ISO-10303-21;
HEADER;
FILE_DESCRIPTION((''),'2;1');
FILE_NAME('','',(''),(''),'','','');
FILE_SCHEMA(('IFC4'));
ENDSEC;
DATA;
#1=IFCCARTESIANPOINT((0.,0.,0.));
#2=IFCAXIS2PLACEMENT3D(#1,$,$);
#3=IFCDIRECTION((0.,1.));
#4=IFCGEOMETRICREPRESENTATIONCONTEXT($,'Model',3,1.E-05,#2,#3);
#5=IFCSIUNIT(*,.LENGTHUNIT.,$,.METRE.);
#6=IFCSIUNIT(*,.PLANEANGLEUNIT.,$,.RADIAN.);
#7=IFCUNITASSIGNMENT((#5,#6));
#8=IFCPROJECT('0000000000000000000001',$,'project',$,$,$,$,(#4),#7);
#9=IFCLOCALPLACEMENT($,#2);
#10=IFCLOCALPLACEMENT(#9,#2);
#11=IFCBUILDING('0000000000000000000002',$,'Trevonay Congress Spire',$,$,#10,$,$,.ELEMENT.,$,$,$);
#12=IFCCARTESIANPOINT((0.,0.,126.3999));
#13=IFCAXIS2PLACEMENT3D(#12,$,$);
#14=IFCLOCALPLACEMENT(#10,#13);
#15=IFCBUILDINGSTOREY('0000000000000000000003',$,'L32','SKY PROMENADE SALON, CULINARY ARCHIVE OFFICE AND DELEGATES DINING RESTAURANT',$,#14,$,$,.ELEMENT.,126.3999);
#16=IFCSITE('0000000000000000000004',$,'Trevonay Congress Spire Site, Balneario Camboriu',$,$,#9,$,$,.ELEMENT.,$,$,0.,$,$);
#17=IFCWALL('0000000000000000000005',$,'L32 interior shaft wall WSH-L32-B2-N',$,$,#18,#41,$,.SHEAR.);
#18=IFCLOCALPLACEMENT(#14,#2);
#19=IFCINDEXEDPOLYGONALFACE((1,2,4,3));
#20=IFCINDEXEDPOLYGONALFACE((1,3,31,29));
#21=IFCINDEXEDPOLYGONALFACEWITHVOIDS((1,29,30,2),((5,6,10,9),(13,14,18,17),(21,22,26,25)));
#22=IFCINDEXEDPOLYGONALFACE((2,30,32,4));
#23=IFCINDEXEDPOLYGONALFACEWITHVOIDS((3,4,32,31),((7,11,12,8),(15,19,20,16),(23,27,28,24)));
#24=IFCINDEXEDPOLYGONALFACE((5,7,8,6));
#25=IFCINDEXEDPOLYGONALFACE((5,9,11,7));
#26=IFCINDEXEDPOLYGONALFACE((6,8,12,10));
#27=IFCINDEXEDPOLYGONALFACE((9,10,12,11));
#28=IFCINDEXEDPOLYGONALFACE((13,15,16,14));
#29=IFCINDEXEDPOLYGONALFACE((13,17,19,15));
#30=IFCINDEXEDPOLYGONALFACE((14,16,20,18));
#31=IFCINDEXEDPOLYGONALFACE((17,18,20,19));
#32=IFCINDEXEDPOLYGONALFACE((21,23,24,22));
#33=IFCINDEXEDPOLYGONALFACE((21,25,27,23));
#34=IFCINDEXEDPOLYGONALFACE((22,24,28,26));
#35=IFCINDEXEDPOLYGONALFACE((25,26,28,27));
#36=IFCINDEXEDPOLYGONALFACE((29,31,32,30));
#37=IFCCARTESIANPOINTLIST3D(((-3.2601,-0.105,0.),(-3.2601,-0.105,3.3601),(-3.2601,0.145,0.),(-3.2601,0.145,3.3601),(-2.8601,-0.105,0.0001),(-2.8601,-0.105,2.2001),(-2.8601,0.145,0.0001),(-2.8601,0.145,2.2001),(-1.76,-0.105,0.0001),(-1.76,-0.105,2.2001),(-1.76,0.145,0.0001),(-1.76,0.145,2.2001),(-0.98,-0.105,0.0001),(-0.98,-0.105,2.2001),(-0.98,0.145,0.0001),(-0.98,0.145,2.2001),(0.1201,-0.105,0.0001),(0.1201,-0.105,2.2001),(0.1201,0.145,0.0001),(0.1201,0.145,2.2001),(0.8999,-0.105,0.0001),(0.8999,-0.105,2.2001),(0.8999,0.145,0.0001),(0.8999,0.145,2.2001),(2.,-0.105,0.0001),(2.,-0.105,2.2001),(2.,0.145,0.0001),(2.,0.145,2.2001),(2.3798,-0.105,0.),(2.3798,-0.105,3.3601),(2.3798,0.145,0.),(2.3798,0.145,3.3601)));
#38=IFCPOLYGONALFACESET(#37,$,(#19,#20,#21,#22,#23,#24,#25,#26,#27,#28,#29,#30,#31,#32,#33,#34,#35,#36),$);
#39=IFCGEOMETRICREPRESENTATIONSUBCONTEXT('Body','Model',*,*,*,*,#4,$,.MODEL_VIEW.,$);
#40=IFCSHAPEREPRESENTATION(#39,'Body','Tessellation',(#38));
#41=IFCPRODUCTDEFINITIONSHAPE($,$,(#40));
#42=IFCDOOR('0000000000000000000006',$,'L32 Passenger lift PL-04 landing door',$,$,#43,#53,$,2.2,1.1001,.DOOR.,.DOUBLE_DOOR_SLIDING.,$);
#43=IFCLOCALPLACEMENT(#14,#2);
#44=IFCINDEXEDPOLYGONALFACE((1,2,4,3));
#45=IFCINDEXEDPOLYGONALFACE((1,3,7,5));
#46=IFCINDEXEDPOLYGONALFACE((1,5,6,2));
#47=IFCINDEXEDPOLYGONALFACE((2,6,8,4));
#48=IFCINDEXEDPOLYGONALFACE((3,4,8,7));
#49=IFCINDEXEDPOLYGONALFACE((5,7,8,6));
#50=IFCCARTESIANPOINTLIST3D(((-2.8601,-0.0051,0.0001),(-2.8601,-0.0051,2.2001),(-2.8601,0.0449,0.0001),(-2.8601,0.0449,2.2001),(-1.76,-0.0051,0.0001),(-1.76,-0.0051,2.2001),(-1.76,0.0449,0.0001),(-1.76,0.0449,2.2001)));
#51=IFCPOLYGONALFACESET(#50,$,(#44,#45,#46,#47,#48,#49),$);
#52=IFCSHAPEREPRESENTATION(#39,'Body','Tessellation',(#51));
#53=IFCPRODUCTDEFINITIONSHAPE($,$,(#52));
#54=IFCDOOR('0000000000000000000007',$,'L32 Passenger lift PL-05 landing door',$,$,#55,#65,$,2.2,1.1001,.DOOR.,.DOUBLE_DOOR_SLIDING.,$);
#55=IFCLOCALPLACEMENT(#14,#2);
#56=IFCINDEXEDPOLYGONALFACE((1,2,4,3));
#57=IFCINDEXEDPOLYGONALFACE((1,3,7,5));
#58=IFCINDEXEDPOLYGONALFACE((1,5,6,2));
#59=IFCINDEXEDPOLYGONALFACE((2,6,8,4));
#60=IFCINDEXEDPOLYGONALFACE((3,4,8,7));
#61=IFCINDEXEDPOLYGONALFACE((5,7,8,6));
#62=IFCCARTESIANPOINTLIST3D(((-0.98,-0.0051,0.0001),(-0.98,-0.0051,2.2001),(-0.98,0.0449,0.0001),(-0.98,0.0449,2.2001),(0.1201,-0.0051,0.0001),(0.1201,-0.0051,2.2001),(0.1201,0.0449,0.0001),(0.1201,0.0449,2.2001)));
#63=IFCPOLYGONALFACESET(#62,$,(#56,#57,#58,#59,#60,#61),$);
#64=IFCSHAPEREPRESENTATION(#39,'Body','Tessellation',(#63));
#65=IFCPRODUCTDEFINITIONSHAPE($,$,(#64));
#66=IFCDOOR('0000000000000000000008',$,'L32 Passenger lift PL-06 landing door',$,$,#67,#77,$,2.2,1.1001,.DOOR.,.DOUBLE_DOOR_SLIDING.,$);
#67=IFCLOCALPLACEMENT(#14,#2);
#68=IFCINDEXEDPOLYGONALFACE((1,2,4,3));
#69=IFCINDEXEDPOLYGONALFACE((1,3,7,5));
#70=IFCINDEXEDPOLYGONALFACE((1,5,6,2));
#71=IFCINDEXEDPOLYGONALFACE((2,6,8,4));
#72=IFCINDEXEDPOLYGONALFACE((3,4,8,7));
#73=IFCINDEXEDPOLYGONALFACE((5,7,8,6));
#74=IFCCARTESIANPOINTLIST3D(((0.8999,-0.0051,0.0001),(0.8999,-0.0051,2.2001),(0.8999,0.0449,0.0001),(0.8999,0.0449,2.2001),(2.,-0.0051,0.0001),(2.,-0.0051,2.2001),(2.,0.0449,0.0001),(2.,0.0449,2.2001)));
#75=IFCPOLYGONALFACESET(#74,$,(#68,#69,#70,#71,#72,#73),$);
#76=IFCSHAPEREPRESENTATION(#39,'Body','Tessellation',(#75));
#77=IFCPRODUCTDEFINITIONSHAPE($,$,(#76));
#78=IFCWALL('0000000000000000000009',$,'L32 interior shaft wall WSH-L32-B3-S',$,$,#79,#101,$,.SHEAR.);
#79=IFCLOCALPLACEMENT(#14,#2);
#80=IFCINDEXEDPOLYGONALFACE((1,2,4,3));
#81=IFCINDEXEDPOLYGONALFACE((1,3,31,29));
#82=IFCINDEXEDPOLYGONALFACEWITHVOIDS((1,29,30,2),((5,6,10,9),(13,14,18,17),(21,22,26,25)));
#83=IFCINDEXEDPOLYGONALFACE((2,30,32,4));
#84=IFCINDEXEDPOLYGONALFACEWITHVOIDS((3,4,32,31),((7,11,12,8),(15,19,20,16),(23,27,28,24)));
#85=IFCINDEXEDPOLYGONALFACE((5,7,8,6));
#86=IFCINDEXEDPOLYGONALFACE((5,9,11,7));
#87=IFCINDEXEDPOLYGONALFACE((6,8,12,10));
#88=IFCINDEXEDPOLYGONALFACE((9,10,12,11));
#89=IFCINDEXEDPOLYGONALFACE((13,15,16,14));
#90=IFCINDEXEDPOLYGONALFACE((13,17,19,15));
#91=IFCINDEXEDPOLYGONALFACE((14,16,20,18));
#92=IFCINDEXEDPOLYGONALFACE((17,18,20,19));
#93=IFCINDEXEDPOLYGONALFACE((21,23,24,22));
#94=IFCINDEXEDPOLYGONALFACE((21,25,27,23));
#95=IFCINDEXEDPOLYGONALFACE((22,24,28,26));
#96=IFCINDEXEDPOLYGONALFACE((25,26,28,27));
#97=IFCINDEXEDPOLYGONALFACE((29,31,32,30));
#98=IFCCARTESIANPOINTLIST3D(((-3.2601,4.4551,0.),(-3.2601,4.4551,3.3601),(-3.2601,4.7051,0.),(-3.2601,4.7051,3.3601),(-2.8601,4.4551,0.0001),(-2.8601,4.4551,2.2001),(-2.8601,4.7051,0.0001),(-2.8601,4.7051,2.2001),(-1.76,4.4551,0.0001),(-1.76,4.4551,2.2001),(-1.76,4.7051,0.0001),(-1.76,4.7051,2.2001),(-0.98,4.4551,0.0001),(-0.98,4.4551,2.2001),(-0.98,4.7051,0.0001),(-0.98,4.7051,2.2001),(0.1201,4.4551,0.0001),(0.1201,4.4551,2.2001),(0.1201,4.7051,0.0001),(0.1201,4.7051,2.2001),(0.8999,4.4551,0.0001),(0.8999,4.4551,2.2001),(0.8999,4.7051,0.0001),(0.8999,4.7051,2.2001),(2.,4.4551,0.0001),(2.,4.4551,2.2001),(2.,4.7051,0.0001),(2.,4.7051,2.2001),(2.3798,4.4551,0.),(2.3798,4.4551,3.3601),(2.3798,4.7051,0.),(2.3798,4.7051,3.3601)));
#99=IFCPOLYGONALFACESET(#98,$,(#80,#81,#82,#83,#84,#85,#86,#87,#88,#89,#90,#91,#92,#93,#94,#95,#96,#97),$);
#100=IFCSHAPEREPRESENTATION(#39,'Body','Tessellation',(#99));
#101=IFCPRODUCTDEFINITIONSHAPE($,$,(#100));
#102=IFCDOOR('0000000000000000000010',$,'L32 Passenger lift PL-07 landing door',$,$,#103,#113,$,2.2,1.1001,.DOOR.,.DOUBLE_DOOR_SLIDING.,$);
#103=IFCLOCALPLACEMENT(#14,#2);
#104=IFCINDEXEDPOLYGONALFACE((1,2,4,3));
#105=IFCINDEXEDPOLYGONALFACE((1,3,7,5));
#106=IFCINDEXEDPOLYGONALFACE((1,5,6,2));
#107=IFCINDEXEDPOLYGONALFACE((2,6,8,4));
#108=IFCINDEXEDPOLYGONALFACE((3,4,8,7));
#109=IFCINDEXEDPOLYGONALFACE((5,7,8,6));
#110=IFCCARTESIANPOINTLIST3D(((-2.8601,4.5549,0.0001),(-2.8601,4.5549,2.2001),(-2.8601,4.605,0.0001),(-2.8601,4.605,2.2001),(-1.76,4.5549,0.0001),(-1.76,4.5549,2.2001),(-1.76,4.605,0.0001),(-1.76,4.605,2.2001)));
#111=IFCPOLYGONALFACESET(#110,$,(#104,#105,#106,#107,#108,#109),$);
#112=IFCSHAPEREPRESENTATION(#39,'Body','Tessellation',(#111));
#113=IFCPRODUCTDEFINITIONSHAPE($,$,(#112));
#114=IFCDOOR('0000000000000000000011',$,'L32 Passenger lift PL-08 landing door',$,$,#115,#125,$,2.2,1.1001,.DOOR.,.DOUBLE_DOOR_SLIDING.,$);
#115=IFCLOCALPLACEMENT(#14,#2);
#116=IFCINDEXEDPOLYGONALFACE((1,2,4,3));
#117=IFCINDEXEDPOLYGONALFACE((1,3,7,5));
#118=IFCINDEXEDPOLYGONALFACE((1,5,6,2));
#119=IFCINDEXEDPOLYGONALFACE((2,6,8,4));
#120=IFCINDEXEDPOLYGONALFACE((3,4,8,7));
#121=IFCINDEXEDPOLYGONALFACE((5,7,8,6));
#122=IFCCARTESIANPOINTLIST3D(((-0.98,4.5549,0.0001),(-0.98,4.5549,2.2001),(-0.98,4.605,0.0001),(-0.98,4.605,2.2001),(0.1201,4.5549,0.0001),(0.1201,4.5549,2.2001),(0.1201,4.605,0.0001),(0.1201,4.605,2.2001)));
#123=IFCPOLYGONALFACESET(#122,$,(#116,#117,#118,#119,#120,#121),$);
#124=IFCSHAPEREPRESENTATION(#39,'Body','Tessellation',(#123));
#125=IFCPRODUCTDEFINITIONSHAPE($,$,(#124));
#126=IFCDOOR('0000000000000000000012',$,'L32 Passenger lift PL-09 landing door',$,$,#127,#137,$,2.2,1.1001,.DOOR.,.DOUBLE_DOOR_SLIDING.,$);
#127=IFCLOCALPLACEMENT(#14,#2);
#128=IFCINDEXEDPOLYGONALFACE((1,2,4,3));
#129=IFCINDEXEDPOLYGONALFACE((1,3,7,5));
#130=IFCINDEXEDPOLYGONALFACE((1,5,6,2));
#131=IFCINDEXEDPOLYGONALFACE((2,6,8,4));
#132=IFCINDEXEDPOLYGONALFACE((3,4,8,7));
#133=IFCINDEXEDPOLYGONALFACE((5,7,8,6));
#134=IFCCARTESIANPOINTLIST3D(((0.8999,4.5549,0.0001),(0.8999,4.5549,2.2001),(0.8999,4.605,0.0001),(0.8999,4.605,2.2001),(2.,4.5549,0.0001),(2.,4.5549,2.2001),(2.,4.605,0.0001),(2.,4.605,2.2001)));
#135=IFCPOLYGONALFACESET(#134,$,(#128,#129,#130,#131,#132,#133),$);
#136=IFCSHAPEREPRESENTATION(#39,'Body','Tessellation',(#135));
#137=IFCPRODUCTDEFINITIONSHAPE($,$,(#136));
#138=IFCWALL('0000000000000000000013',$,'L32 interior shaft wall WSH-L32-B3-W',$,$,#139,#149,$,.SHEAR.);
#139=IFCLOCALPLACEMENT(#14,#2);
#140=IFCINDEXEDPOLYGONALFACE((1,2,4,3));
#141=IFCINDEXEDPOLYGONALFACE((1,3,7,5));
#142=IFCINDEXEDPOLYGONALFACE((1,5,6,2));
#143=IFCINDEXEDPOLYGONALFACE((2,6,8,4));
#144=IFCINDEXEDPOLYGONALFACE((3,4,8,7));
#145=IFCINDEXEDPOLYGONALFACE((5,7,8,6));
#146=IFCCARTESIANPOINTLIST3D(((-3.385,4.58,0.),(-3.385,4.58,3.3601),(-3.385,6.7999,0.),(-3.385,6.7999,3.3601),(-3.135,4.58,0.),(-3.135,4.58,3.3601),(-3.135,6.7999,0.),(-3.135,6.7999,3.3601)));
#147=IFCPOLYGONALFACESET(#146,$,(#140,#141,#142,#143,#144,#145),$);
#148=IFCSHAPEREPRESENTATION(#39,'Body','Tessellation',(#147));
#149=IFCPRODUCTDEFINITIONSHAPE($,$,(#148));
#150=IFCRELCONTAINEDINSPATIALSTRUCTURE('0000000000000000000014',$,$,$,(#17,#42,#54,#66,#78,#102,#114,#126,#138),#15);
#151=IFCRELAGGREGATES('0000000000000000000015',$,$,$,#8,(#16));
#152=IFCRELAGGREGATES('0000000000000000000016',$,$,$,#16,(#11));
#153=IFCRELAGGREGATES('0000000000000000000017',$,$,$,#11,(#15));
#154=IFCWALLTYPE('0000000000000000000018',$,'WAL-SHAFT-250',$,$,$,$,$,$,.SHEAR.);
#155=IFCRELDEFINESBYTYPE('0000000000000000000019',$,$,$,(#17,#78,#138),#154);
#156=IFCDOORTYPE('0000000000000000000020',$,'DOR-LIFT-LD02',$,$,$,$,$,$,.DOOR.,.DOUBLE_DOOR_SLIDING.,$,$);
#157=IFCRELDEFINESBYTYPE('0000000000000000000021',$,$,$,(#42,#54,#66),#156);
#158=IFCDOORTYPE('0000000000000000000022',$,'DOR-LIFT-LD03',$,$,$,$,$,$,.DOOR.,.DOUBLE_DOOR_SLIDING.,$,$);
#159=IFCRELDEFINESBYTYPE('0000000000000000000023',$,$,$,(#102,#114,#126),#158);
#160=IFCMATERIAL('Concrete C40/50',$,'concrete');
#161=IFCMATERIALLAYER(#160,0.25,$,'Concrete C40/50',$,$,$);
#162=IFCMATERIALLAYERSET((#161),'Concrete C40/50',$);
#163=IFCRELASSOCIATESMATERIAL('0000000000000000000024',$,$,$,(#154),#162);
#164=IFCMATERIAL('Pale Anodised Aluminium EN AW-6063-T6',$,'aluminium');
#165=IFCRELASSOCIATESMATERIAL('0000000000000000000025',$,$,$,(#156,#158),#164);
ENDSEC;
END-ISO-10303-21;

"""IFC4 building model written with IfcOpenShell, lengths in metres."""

from ifc_helpers import new_model, si_unit, direction, frame, frame_2d, origin, place, context, subcontext, project, spatial, rectangle, extrude, material, layer, layer_set, type_object, element, fill, save


model = new_model("IFC4")

# Units and contexts
model_context = context("Model", 3, precision=1e-05, world=origin(), true_north=direction((0.0, 1.0)))
body_context = subcontext(model_context, "Body", "Model", "MODEL_VIEW")
ifc_project = project(units=[si_unit("LENGTHUNIT", "METRE"), si_unit("PLANEANGLEUNIT", "RADIAN")], contexts=[model_context])

# Site, building, storey
site_placement = place(None, origin())
site = spatial("IfcSite", under=ifc_project, at=site_placement, Name="Trevonay Congress Spire Site, Balneario Camboriu", CompositionType="ELEMENT", RefElevation=0.0)
building_placement = place(site_placement, origin())
building = spatial("IfcBuilding", under=site, at=building_placement, Name="Trevonay Congress Spire", CompositionType="ELEMENT")
storey_placement = place(building_placement, frame((0.0, 0.0, 126.3999)))
storey = spatial("IfcBuildingStorey", under=building, at=storey_placement, Name="L32", Description="SKY PROMENADE SALON, CULINARY ARCHIVE OFFICE AND DELEGATES DINING RESTAURANT", CompositionType="ELEMENT", Elevation=126.3999)

# Shared definitions
ifc_material_1 = material(Name="Concrete C40/50", Category="concrete")

# Walls, openings, doors
ifc_layer_1 = layer(ifc_material_1, 0.25, Name="Concrete C40/50")
ifc_layer_set_1 = layer_set([ifc_layer_1], Name="Concrete C40/50")
wall_type_1 = type_object("IfcWallType", Name="WAL-SHAFT-250", PredefinedType="SHEAR", material=ifc_layer_set_1)
wall_1_placement = place(storey_placement, frame((-3.26, 0.02, 0.0), z_axis=(0.0, 0.0, 1.0), x_axis=(1.0, 0.0, 0.0)))
wall_1 = element("IfcWall", 1, at=wall_1_placement, inside=storey, type_object=wall_type_1, Name="L32 interior shaft wall WSH-L32-B2-N", PredefinedType="SHEAR", context=body_context, shape_type="SweptSolid", body=[
    extrude(rectangle(XDim=5.6399, YDim=0.25, at=frame_2d((2.8198, 0.0))), origin(), (0.0, 0.0, 1.0), 3.3601),
])
opening_1_placement = place(wall_1_placement, frame((0.3999, 0.0, 0.0)))
opening_1 = element("IfcOpeningElement", 2, at=opening_1_placement, cuts=wall_1, PredefinedType="OPENING", context=body_context, shape_type="SweptSolid", body=[
    extrude(rectangle(XDim=1.1001, YDim=2.2, at=frame_2d((0.55, 1.1001))), frame((0.0, 0.135, 0.0), z_axis=(0.0, -1.0, 0.0), x_axis=(1.0, 0.0, 0.0)), (0.0, 0.0, 1.0), 0.27),
])
opening_2_placement = place(wall_1_placement, frame((2.28, 0.0, 0.0)))
opening_2 = element("IfcOpeningElement", 3, at=opening_2_placement, cuts=wall_1, PredefinedType="OPENING", context=body_context, shape_type="SweptSolid", body=[
    extrude(rectangle(XDim=1.1001, YDim=2.2, at=frame_2d((0.55, 1.1001))), frame((0.0, 0.135, 0.0), z_axis=(0.0, -1.0, 0.0), x_axis=(1.0, 0.0, 0.0)), (0.0, 0.0, 1.0), 0.27),
])
opening_3_placement = place(wall_1_placement, frame((4.1599, 0.0, 0.0)))
opening_3 = element("IfcOpeningElement", 4, at=opening_3_placement, cuts=wall_1, PredefinedType="OPENING", context=body_context, shape_type="SweptSolid", body=[
    extrude(rectangle(XDim=1.1001, YDim=2.2, at=frame_2d((0.55, 1.1001))), frame((0.0, 0.135, 0.0), z_axis=(0.0, -1.0, 0.0), x_axis=(1.0, 0.0, 0.0)), (0.0, 0.0, 1.0), 0.27),
])
ifc_material_2 = material(Name="Pale Anodised Aluminium EN AW-6063-T6", Category="aluminium")
door_type_1 = type_object("IfcDoorType", Name="DOR-LIFT-LD02", OperationType="DOUBLE_DOOR_SLIDING", PredefinedType="DOOR", material=ifc_material_2)
door_1_placement = place(opening_1_placement, origin())
door_1 = element("IfcDoor", 5, at=door_1_placement, inside=storey, type_object=door_type_1, Name="L32 Passenger lift PL-04 landing door", OperationType="DOUBLE_DOOR_SLIDING", OverallHeight=2.2, OverallWidth=1.1001, PredefinedType="DOOR", context=body_context, shape_type="SweptSolid", body=[
    extrude(rectangle(XDim=1.1001, YDim=2.2, at=frame_2d((0.55, 1.1001))), frame((0.0, 0.0249, 0.0), z_axis=(0.0, -1.0, 0.0), x_axis=(1.0, 0.0, 0.0)), (0.0, 0.0, 1.0), 0.05),
])
fill(opening_1, door_1)
door_2_placement = place(opening_2_placement, origin())
door_2 = element("IfcDoor", 6, at=door_2_placement, inside=storey, type_object=door_type_1, Name="L32 Passenger lift PL-05 landing door", OperationType="DOUBLE_DOOR_SLIDING", OverallHeight=2.2, OverallWidth=1.1001, PredefinedType="DOOR", context=body_context, shape_type="SweptSolid", body=[
    extrude(rectangle(XDim=1.1001, YDim=2.2, at=frame_2d((0.55, 1.1001))), frame((0.0, 0.0249, 0.0), z_axis=(0.0, -1.0, 0.0), x_axis=(1.0, 0.0, 0.0)), (0.0, 0.0, 1.0), 0.05),
])
fill(opening_2, door_2)
door_3_placement = place(opening_3_placement, origin())
door_3 = element("IfcDoor", 7, at=door_3_placement, inside=storey, type_object=door_type_1, Name="L32 Passenger lift PL-06 landing door", OperationType="DOUBLE_DOOR_SLIDING", OverallHeight=2.2, OverallWidth=1.1001, PredefinedType="DOOR", context=body_context, shape_type="SweptSolid", body=[
    extrude(rectangle(XDim=1.1001, YDim=2.2, at=frame_2d((0.55, 1.1001))), frame((0.0, 0.0249, 0.0), z_axis=(0.0, -1.0, 0.0), x_axis=(1.0, 0.0, 0.0)), (0.0, 0.0, 1.0), 0.05),
])
fill(opening_3, door_3)
wall_2_placement = place(storey_placement, frame((-3.26, 4.5801, 0.0), z_axis=(0.0, 0.0, 1.0), x_axis=(1.0, 0.0, 0.0)))
wall_2 = element("IfcWall", 8, at=wall_2_placement, inside=storey, type_object=wall_type_1, Name="L32 interior shaft wall WSH-L32-B3-S", PredefinedType="SHEAR", context=body_context, shape_type="SweptSolid", body=[
    extrude(rectangle(XDim=5.6399, YDim=0.25, at=frame_2d((2.8198, 0.0))), origin(), (0.0, 0.0, 1.0), 3.3601),
])
opening_4_placement = place(wall_2_placement, frame((0.3999, 0.0, 0.0)))
opening_4 = element("IfcOpeningElement", 9, at=opening_4_placement, cuts=wall_2, PredefinedType="OPENING", context=body_context, shape_type="SweptSolid", body=[
    extrude(rectangle(XDim=1.1001, YDim=2.2, at=frame_2d((0.55, 1.1001))), frame((0.0, 0.135, 0.0), z_axis=(0.0, -1.0, 0.0), x_axis=(1.0, 0.0, 0.0)), (0.0, 0.0, 1.0), 0.27),
])
opening_5_placement = place(wall_2_placement, frame((2.28, 0.0, 0.0)))
opening_5 = element("IfcOpeningElement", 10, at=opening_5_placement, cuts=wall_2, PredefinedType="OPENING", context=body_context, shape_type="SweptSolid", body=[
    extrude(rectangle(XDim=1.1001, YDim=2.2, at=frame_2d((0.55, 1.1001))), frame((0.0, 0.135, 0.0), z_axis=(0.0, -1.0, 0.0), x_axis=(1.0, 0.0, 0.0)), (0.0, 0.0, 1.0), 0.27),
])
opening_6_placement = place(wall_2_placement, frame((4.1599, 0.0, 0.0)))
opening_6 = element("IfcOpeningElement", 11, at=opening_6_placement, cuts=wall_2, PredefinedType="OPENING", context=body_context, shape_type="SweptSolid", body=[
    extrude(rectangle(XDim=1.1001, YDim=2.2, at=frame_2d((0.55, 1.1001))), frame((0.0, 0.135, 0.0), z_axis=(0.0, -1.0, 0.0), x_axis=(1.0, 0.0, 0.0)), (0.0, 0.0, 1.0), 0.27),
])
door_type_2 = type_object("IfcDoorType", Name="DOR-LIFT-LD03", OperationType="DOUBLE_DOOR_SLIDING", PredefinedType="DOOR", material=ifc_material_2)
door_4_placement = place(opening_4_placement, origin())
door_4 = element("IfcDoor", 12, at=door_4_placement, inside=storey, type_object=door_type_2, Name="L32 Passenger lift PL-07 landing door", OperationType="DOUBLE_DOOR_SLIDING", OverallHeight=2.2, OverallWidth=1.1001, PredefinedType="DOOR", context=body_context, shape_type="SweptSolid", body=[
    extrude(rectangle(XDim=1.1001, YDim=2.2, at=frame_2d((0.55, 1.1001))), frame((0.0, 0.0249, 0.0), z_axis=(0.0, -1.0, 0.0), x_axis=(1.0, 0.0, 0.0)), (0.0, 0.0, 1.0), 0.05),
])
fill(opening_4, door_4)
door_5_placement = place(opening_5_placement, origin())
door_5 = element("IfcDoor", 13, at=door_5_placement, inside=storey, type_object=door_type_2, Name="L32 Passenger lift PL-08 landing door", OperationType="DOUBLE_DOOR_SLIDING", OverallHeight=2.2, OverallWidth=1.1001, PredefinedType="DOOR", context=body_context, shape_type="SweptSolid", body=[
    extrude(rectangle(XDim=1.1001, YDim=2.2, at=frame_2d((0.55, 1.1001))), frame((0.0, 0.0249, 0.0), z_axis=(0.0, -1.0, 0.0), x_axis=(1.0, 0.0, 0.0)), (0.0, 0.0, 1.0), 0.05),
])
fill(opening_5, door_5)
door_6_placement = place(opening_6_placement, origin())
door_6 = element("IfcDoor", 14, at=door_6_placement, inside=storey, type_object=door_type_2, Name="L32 Passenger lift PL-09 landing door", OperationType="DOUBLE_DOOR_SLIDING", OverallHeight=2.2, OverallWidth=1.1001, PredefinedType="DOOR", context=body_context, shape_type="SweptSolid", body=[
    extrude(rectangle(XDim=1.1001, YDim=2.2, at=frame_2d((0.55, 1.1001))), frame((0.0, 0.0249, 0.0), z_axis=(0.0, -1.0, 0.0), x_axis=(1.0, 0.0, 0.0)), (0.0, 0.0, 1.0), 0.05),
])
fill(opening_6, door_6)

# Wall
wall_3_placement = place(storey_placement, frame((-3.26, 4.5801, 0.0), z_axis=(0.0, 0.0, 1.0), x_axis=(0.0, 1.0, 0.0)))
element("IfcWall", 15, at=wall_3_placement, inside=storey, type_object=wall_type_1, Name="L32 interior shaft wall WSH-L32-B3-W", PredefinedType="SHEAR", context=body_context, shape_type="SweptSolid", body=[
    extrude(rectangle(XDim=2.22, YDim=0.25, at=frame_2d((1.1099, 0.0))), origin(), (0.0, 0.0, 1.0), 3.3601),
])

save(model, "model.ifc")
